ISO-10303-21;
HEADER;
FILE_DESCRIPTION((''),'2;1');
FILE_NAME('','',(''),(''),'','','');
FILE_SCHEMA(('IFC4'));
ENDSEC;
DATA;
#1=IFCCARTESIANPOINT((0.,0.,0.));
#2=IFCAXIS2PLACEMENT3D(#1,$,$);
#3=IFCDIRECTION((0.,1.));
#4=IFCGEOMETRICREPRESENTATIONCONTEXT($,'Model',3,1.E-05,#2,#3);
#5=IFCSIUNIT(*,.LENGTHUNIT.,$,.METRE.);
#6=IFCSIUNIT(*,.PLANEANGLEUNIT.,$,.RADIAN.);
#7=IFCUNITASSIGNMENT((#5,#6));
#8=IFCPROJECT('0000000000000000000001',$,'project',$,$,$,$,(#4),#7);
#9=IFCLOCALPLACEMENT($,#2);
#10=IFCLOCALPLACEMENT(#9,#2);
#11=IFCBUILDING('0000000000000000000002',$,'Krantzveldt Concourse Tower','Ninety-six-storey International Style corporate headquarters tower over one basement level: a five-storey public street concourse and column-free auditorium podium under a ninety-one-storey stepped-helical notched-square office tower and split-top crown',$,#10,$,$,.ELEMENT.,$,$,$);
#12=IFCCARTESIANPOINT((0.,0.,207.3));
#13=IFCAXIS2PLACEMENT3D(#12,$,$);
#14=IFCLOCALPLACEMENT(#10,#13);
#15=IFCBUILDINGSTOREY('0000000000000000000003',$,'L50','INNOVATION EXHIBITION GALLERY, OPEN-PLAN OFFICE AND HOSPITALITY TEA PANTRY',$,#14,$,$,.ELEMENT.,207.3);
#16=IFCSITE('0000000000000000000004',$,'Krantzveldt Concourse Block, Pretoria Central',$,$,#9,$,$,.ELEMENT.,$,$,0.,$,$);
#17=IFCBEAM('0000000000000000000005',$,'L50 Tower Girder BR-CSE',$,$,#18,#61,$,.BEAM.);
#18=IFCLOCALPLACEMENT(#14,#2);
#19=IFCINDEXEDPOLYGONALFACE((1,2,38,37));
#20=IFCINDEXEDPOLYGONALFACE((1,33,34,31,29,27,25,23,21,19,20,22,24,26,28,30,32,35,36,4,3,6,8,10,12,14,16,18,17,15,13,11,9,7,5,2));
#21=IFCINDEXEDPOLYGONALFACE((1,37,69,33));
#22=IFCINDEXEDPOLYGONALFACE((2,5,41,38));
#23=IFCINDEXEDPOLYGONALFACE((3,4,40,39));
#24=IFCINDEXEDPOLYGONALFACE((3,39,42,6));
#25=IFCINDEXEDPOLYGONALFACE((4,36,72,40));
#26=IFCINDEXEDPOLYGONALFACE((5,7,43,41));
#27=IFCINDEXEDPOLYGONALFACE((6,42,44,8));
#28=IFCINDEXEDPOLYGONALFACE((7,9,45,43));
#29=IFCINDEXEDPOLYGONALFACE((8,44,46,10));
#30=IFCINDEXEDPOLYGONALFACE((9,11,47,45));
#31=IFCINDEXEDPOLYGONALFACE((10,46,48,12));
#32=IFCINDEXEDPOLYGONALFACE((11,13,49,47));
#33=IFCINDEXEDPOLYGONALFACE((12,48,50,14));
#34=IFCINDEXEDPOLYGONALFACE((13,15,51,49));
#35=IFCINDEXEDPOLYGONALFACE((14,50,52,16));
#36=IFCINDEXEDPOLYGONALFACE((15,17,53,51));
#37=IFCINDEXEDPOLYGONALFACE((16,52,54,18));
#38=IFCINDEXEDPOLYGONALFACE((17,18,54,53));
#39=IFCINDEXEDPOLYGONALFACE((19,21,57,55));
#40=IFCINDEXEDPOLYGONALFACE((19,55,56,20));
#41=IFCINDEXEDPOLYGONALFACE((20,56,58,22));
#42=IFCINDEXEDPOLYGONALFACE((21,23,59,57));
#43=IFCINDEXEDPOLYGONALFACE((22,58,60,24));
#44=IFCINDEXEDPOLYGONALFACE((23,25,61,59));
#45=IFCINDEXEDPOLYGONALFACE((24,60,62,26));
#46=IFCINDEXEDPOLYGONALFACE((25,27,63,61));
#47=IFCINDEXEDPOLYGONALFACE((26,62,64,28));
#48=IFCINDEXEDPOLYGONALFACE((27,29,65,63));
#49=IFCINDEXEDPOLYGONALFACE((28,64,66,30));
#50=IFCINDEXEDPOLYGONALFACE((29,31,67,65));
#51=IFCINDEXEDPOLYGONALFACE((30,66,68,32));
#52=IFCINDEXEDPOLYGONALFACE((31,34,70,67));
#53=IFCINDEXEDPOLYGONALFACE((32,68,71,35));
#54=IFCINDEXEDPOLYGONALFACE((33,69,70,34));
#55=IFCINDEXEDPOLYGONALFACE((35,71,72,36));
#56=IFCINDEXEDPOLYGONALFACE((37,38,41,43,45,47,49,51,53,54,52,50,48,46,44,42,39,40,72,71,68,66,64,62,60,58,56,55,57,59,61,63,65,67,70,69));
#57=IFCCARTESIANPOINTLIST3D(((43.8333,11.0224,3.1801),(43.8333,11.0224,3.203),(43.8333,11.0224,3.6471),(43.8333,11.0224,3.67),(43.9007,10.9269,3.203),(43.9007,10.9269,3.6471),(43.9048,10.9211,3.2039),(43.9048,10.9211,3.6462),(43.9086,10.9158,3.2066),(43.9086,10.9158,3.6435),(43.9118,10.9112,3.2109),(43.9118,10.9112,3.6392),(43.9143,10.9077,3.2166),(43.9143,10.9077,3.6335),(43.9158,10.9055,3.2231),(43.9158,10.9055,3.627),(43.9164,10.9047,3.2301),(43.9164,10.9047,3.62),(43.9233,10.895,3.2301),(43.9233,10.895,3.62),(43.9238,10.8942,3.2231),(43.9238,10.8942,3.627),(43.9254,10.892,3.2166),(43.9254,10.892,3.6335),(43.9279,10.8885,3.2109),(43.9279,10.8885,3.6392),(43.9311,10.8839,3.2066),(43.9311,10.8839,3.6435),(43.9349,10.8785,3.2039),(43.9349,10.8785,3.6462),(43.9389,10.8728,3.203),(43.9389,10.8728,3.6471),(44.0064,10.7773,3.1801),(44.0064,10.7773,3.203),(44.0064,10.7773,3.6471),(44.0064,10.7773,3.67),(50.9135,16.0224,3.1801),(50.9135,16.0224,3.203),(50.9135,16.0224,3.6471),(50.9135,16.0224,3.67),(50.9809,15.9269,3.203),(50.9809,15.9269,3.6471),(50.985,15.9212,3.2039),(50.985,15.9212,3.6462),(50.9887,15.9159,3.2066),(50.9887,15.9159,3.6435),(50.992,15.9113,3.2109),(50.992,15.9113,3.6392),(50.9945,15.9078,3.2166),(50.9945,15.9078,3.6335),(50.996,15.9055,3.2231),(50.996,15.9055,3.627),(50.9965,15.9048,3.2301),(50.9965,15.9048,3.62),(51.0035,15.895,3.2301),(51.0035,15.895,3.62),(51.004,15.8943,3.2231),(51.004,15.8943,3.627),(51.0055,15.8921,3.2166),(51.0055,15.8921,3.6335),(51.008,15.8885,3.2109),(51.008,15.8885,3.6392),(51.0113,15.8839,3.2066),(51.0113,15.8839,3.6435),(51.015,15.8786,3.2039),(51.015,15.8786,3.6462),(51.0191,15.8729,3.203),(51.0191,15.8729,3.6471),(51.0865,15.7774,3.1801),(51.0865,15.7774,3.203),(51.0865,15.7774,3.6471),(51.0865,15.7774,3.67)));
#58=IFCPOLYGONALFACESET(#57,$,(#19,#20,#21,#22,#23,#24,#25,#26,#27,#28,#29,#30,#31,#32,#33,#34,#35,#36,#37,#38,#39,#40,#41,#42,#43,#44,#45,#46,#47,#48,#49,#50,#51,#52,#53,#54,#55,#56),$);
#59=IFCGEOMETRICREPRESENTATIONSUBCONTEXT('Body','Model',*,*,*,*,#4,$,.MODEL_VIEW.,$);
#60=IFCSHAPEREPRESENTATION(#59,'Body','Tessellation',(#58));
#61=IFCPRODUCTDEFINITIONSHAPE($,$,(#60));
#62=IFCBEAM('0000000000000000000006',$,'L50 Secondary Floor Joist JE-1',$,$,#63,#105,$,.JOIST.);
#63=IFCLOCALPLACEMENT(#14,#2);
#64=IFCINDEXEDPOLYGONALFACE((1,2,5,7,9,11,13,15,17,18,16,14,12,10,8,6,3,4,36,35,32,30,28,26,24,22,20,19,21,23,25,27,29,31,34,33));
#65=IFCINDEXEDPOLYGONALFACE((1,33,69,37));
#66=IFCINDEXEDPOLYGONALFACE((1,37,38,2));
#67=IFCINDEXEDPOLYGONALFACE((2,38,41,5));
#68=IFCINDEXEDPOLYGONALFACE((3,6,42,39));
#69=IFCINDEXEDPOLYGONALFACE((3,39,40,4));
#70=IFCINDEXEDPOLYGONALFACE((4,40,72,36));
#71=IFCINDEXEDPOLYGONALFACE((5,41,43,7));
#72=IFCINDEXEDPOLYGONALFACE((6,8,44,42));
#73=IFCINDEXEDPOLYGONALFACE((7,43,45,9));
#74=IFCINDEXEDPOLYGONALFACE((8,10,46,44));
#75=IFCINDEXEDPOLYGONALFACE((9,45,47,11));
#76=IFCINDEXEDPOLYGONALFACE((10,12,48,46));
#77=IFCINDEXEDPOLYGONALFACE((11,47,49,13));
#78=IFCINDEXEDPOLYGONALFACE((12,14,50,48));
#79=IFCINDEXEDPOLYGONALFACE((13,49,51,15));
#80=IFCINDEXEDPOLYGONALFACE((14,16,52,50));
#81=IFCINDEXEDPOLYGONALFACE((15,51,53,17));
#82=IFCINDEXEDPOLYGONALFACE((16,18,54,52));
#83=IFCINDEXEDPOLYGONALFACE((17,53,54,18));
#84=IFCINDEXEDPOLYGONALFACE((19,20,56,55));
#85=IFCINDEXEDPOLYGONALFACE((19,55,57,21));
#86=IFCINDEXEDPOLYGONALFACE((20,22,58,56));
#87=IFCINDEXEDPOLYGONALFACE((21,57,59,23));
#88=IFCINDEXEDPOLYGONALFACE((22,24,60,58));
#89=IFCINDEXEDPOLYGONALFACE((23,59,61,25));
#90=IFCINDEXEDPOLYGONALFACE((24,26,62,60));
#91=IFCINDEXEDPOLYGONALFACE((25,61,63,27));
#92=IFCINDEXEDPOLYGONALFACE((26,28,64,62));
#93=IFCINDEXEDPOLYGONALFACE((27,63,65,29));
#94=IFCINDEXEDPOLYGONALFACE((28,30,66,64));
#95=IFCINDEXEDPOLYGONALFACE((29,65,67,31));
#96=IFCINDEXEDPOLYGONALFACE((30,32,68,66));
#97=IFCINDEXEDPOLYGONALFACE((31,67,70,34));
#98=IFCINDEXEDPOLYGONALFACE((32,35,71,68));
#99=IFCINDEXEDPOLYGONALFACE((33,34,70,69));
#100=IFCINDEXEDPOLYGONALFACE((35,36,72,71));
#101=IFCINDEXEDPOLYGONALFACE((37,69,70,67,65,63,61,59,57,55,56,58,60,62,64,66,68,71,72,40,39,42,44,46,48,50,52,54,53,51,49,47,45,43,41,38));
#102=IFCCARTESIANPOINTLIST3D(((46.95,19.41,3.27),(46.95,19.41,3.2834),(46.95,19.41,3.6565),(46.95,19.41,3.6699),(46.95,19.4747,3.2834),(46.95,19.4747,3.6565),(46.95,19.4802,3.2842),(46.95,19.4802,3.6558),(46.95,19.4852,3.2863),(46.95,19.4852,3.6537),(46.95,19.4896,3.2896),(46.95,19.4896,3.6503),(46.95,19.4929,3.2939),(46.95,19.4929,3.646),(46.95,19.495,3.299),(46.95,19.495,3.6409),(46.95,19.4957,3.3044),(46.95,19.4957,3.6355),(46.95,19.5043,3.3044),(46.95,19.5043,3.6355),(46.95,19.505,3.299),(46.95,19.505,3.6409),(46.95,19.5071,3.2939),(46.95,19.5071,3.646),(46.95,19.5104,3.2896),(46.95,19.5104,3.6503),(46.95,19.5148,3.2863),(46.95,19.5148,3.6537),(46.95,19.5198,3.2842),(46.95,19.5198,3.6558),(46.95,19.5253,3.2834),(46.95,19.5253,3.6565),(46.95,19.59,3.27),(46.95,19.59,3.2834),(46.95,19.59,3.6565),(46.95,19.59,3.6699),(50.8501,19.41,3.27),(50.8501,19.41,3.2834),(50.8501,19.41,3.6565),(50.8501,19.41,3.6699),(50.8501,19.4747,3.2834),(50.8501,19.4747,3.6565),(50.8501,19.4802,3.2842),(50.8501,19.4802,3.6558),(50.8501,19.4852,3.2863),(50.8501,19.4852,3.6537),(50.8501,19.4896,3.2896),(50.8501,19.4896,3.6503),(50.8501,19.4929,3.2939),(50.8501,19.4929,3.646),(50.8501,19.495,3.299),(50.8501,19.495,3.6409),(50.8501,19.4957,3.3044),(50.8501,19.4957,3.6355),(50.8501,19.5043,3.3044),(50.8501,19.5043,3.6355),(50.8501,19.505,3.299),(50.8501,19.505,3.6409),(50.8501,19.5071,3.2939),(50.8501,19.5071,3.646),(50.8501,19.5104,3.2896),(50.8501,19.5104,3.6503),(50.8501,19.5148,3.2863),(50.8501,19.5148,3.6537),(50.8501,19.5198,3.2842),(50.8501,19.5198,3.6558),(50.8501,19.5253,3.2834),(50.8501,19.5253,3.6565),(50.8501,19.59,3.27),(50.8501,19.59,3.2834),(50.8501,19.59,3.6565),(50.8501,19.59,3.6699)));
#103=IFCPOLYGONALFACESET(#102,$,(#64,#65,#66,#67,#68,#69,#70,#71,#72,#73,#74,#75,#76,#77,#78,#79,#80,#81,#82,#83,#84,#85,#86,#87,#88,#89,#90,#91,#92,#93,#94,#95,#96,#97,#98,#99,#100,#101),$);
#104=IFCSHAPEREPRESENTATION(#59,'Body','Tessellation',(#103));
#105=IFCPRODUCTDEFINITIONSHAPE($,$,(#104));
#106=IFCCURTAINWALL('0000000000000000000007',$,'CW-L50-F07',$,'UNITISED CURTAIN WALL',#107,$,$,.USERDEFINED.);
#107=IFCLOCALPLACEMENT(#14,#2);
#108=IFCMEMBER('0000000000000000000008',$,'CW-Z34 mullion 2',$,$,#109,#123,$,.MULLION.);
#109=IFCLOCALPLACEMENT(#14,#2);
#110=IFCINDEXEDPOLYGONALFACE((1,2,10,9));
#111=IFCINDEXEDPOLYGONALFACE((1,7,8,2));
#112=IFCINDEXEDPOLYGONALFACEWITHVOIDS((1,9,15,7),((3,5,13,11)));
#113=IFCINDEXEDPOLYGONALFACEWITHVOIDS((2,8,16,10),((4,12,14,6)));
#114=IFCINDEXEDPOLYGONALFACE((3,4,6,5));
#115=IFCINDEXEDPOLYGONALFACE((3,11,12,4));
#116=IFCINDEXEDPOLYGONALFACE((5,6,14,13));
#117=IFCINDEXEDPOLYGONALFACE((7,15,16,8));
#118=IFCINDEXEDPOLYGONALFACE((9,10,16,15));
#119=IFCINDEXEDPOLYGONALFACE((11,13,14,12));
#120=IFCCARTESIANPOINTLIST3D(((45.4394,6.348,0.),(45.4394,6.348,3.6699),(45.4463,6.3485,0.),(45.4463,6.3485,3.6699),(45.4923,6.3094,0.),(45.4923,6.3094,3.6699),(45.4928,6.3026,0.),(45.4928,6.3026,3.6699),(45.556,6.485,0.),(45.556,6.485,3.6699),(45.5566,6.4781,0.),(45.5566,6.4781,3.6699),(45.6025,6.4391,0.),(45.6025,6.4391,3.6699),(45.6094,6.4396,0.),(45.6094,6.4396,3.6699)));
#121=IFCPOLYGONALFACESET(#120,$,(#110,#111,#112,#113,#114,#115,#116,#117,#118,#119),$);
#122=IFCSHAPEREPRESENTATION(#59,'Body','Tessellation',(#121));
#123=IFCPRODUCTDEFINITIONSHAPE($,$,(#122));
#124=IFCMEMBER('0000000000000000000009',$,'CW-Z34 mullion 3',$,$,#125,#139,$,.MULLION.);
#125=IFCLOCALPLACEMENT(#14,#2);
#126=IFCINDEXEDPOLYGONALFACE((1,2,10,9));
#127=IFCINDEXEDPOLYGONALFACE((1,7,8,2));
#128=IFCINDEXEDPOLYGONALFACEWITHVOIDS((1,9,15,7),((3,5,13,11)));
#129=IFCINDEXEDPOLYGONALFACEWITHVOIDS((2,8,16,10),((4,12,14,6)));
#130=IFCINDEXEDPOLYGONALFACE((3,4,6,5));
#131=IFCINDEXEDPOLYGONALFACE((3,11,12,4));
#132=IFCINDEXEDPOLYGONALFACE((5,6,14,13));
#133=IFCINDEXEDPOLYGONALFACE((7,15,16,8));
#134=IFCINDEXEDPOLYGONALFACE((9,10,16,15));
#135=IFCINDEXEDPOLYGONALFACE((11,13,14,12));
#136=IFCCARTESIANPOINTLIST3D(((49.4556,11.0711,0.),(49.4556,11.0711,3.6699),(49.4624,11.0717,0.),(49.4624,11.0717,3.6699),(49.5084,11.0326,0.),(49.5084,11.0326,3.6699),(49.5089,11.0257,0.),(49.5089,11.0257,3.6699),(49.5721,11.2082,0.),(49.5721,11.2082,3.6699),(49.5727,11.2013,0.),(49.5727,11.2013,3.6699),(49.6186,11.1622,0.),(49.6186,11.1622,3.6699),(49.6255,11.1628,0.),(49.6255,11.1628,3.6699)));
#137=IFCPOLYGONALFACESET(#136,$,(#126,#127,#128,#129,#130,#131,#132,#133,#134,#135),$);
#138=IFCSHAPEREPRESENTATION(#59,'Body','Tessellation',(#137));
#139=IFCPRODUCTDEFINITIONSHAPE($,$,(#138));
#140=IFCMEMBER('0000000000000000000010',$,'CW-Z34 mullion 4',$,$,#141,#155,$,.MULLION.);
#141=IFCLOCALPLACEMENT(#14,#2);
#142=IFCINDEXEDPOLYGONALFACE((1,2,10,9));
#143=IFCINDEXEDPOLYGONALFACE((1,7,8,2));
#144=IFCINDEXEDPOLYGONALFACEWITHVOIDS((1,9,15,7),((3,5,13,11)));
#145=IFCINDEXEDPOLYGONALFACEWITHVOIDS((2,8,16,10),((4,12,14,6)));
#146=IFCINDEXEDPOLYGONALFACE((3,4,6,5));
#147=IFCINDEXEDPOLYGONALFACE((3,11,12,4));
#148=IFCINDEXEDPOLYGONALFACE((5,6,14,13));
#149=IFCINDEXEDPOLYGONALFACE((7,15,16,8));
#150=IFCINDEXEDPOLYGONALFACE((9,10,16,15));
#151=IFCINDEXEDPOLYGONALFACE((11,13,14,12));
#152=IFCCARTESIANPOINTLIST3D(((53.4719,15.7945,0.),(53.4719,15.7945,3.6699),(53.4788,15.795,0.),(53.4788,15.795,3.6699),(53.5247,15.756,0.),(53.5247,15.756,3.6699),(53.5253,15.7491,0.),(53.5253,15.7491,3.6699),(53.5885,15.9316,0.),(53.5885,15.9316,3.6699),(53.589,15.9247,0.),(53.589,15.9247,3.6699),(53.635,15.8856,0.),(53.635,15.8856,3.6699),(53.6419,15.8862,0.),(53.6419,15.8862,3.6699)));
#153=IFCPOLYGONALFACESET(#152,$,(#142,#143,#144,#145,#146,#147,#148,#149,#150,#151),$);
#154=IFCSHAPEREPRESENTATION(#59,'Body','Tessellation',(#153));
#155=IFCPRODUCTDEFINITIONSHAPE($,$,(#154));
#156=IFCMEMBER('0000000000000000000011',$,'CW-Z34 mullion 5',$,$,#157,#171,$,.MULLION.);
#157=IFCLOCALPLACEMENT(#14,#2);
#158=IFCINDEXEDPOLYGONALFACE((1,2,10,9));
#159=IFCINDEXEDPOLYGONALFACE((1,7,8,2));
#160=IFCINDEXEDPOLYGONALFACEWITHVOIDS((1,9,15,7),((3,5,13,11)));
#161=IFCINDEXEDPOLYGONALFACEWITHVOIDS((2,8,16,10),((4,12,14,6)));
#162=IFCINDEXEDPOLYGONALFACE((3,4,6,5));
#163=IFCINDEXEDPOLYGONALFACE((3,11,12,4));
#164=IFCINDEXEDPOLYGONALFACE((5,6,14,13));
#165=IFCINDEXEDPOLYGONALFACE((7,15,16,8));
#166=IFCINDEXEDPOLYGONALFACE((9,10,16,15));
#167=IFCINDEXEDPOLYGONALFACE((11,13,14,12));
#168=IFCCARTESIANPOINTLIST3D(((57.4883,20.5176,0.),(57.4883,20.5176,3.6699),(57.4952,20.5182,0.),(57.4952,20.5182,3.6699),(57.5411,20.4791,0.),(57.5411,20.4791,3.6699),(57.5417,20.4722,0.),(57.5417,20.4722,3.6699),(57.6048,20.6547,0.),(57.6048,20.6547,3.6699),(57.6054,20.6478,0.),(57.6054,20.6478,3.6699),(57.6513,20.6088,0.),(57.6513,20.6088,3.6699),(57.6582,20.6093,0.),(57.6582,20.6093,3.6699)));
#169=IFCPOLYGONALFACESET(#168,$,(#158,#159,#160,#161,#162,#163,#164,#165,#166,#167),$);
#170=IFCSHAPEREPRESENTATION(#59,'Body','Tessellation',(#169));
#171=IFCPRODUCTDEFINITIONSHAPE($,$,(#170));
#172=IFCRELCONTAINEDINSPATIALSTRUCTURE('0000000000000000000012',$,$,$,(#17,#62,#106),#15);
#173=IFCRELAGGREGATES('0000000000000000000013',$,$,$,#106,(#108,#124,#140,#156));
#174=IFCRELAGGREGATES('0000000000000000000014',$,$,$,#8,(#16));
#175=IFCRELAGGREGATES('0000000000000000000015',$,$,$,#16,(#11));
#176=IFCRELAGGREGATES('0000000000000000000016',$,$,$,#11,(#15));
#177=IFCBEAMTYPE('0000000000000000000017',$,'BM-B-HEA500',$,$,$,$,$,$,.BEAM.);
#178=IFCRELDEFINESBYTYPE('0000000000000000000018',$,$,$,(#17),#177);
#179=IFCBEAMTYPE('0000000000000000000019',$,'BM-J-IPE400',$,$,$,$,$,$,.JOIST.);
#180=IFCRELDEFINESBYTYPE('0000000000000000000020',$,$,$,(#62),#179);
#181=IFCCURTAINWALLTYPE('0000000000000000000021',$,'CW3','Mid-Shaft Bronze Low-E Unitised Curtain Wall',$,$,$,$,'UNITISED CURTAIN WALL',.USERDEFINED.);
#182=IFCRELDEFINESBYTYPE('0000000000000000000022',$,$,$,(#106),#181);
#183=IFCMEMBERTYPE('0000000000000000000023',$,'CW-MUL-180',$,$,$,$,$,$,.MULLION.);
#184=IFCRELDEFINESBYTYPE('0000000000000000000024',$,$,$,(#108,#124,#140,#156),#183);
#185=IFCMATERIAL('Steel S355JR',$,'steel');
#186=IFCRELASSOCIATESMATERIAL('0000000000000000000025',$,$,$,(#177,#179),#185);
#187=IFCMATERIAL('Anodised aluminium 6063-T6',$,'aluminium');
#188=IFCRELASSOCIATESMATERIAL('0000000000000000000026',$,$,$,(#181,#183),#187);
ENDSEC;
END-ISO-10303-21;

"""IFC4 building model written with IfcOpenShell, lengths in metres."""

from ifc_helpers import new_model, si_unit, direction, frame, origin, origin_2d, place, context, subcontext, project, spatial, hollow_rectangle, i_section, extrude, source, transform, mapped, material, material_profile, profile_set, type_object, type_shapes, element, aggregate, save


model = new_model("IFC4")

# Units and contexts
model_context = context("Model", 3, precision=1e-05, world=origin(), true_north=direction((0.0, 1.0)))
body_context = subcontext(model_context, "Body", "Model", "MODEL_VIEW")
ifc_project = project(units=[si_unit("LENGTHUNIT", "METRE"), si_unit("PLANEANGLEUNIT", "RADIAN")], contexts=[model_context])

# Site, building, storey
site_placement = place(None, origin())
site = spatial("IfcSite", under=ifc_project, at=site_placement, Name="Krantzveldt Concourse Block, Pretoria Central", CompositionType="ELEMENT", RefElevation=0.0)
building_placement = place(site_placement, origin())
building = spatial("IfcBuilding", under=site, at=building_placement, Name="Krantzveldt Concourse Tower", Description="Ninety-six-storey International Style corporate headquarters tower over one basement level: a five-storey public street concourse and column-free auditorium podium under a ninety-one-storey stepped-helical notched-square office tower and split-top crown", CompositionType="ELEMENT")
storey_placement = place(building_placement, frame((0.0, 0.0, 207.3)))
storey = spatial("IfcBuildingStorey", under=building, at=storey_placement, Name="L50", Description="INNOVATION EXHIBITION GALLERY, OPEN-PLAN OFFICE AND HOSPITALITY TEA PANTRY", CompositionType="ELEMENT", Elevation=207.3)

# Beams
ifc_material_1 = material(Name="Steel S355JR", Category="steel")
ifc_material_profile_1 = material_profile(ifc_material_1, i_section(OverallWidth=0.3, OverallDepth=0.49, WebThickness=0.012, FlangeThickness=0.0229, FilletRadius=0.0271, at=origin_2d()), Name="Steel S355JR", Category="steel")
ifc_profile_set_1 = profile_set([ifc_material_profile_1], Name="Steel S355JR - HEA 500")
beam_type_1 = type_object("IfcBeamType", Name="BM-B-HEA500", PredefinedType="BEAM", material=ifc_profile_set_1)
shared_shape_1 = source(origin(), body_context, "Body", "SweptSolid", [
    extrude(i_section(OverallWidth=0.3, OverallDepth=0.49, WebThickness=0.012, FlangeThickness=0.0229, FilletRadius=0.0271, at=origin_2d()), origin(), (0.0, 0.0, 1.0), 8.6677),
])
beam_1_placement = place(storey_placement, frame((51.0, 15.8999, 3.425), z_axis=(-0.816843, -0.57686, 0.0), x_axis=(0.57686, -0.816843, 0.0)))
element("IfcBeam", 1, at=beam_1_placement, inside=storey, type_object=beam_type_1, Name="L50 Tower Girder BR-CSE", PredefinedType="BEAM", context=body_context, shape_type="MappedRepresentation", body=[
    mapped(shared_shape_1, transform((0.0, 0.0, 0.0), x_axis=(1.0, 0.0, 0.0), y_axis=(0.0, 1.0, 0.0), z_axis=(0.0, 0.0, 1.0), scale=1.0)),
])
ifc_material_profile_2 = material_profile(ifc_material_1, i_section(OverallWidth=0.1799, OverallDepth=0.3999, WebThickness=0.0085, FlangeThickness=0.0134, FilletRadius=0.021, at=origin_2d()), Name="Steel S355JR", Category="steel")
ifc_profile_set_2 = profile_set([ifc_material_profile_2], Name="Steel S355JR - IPE 400")
beam_type_2 = type_object("IfcBeamType", Name="BM-J-IPE400", PredefinedType="JOIST", material=ifc_profile_set_2)
shared_shape_2 = source(origin(), body_context, "Body", "SweptSolid", [
    extrude(i_section(OverallWidth=0.1799, OverallDepth=0.3999, WebThickness=0.0085, FlangeThickness=0.0134, FilletRadius=0.021, at=origin_2d()), origin(), (0.0, 0.0, 1.0), 3.9001),
])
type_shapes(beam_type_2, [shared_shape_2])
beam_2_placement = place(storey_placement, frame((46.95, 19.5, 3.47), z_axis=(1.0, 0.0, 0.0), x_axis=(0.0, 1.0, 0.0)))
element("IfcBeam", 2, at=beam_2_placement, inside=storey, type_object=beam_type_2, Name="L50 Secondary Floor Joist JE-1", PredefinedType="JOIST", context=body_context, shape_type="MappedRepresentation", body=[
    mapped(shared_shape_2, transform((0.0, 0.0, 0.0), x_axis=(1.0, 0.0, 0.0), y_axis=(0.0, 1.0, 0.0), z_axis=(0.0, 0.0, 1.0), scale=1.0)),
])

# Curtain wall, members
ifc_material_2 = material(Name="Anodised aluminium 6063-T6", Category="aluminium")
curtain_wall_type = type_object("IfcCurtainWallType", Name="CW3", Description="Mid-Shaft Bronze Low-E Unitised Curtain Wall", ElementType="UNITISED CURTAIN WALL", PredefinedType="USERDEFINED", material=ifc_material_2)
curtain_wall_placement = place(storey_placement, origin())
curtain_wall = element("IfcCurtainWall", 3, at=curtain_wall_placement, inside=storey, type_object=curtain_wall_type, Name="CW-L50-F07", ObjectType="UNITISED CURTAIN WALL", PredefinedType="USERDEFINED")
ifc_material_profile_3 = material_profile(ifc_material_2, hollow_rectangle(XDim=0.0701, YDim=0.1799, WallThickness=0.0049, at=origin_2d()), Name="Anodised aluminium 6063-T6", Category="aluminium")
ifc_profile_set_3 = profile_set([ifc_material_profile_3], Name="Anodised aluminium 6063-T6 - ALU-MULL 180x70x5")
member_type_1 = type_object("IfcMemberType", Name="CW-MUL-180", PredefinedType="MULLION", material=ifc_profile_set_3)
shared_shape_3 = source(origin(), body_context, "Body", "SweptSolid", [
    extrude(hollow_rectangle(XDim=0.0701, YDim=0.1799, WallThickness=0.0049, at=origin_2d()), origin(), (0.0, 0.0, 1.0), 3.6699),
])
type_shapes(member_type_1, [shared_shape_3])
member_1_placement = place(storey_placement, frame((45.5244, 6.3938, 0.0), z_axis=(0.0, 0.0, 1.0), x_axis=(-0.761821, 0.647788, 0.0)))
member_1 = element("IfcMember", 4, at=member_1_placement, type_object=member_type_1, Name="CW-Z34 mullion 2", PredefinedType="MULLION", context=body_context, shape_type="MappedRepresentation", body=[
    mapped(shared_shape_3, transform((0.0, 0.0, 0.0), x_axis=(1.0, 0.0, 0.0), y_axis=(0.0, 1.0, 0.0), z_axis=(0.0, 0.0, 1.0), scale=1.0)),
])
member_2_placement = place(storey_placement, frame((49.5405, 11.1169, 0.0), z_axis=(0.0, 0.0, 1.0), x_axis=(-0.761821, 0.647788, 0.0)))
member_2 = element("IfcMember", 5, at=member_2_placement, type_object=member_type_1, Name="CW-Z34 mullion 3", PredefinedType="MULLION", context=body_context, shape_type="MappedRepresentation", body=[
    mapped(shared_shape_3, transform((0.0, 0.0, 0.0), x_axis=(1.0, 0.0, 0.0), y_axis=(0.0, 1.0, 0.0), z_axis=(0.0, 0.0, 1.0), scale=1.0)),
])
member_3_placement = place(storey_placement, frame((53.5569, 15.8403, 0.0), z_axis=(0.0, 0.0, 1.0), x_axis=(-0.761821, 0.647788, 0.0)))
member_3 = element("IfcMember", 6, at=member_3_placement, type_object=member_type_1, Name="CW-Z34 mullion 4", PredefinedType="MULLION", context=body_context, shape_type="MappedRepresentation", body=[
    mapped(shared_shape_3, transform((0.0, 0.0, 0.0), x_axis=(1.0, 0.0, 0.0), y_axis=(0.0, 1.0, 0.0), z_axis=(0.0, 0.0, 1.0), scale=1.0)),
])
member_4_placement = place(storey_placement, frame((57.5732, 20.5635, 0.0), z_axis=(0.0, 0.0, 1.0), x_axis=(-0.761821, 0.647788, 0.0)))
member_4 = element("IfcMember", 7, at=member_4_placement, type_object=member_type_1, Name="CW-Z34 mullion 5", PredefinedType="MULLION", context=body_context, shape_type="MappedRepresentation", body=[
    mapped(shared_shape_3, transform((0.0, 0.0, 0.0), x_axis=(1.0, 0.0, 0.0), y_axis=(0.0, 1.0, 0.0), z_axis=(0.0, 0.0, 1.0), scale=1.0)),
])
aggregate(curtain_wall, [member_1, member_2, member_3, member_4])

save(model, "model.ifc")
